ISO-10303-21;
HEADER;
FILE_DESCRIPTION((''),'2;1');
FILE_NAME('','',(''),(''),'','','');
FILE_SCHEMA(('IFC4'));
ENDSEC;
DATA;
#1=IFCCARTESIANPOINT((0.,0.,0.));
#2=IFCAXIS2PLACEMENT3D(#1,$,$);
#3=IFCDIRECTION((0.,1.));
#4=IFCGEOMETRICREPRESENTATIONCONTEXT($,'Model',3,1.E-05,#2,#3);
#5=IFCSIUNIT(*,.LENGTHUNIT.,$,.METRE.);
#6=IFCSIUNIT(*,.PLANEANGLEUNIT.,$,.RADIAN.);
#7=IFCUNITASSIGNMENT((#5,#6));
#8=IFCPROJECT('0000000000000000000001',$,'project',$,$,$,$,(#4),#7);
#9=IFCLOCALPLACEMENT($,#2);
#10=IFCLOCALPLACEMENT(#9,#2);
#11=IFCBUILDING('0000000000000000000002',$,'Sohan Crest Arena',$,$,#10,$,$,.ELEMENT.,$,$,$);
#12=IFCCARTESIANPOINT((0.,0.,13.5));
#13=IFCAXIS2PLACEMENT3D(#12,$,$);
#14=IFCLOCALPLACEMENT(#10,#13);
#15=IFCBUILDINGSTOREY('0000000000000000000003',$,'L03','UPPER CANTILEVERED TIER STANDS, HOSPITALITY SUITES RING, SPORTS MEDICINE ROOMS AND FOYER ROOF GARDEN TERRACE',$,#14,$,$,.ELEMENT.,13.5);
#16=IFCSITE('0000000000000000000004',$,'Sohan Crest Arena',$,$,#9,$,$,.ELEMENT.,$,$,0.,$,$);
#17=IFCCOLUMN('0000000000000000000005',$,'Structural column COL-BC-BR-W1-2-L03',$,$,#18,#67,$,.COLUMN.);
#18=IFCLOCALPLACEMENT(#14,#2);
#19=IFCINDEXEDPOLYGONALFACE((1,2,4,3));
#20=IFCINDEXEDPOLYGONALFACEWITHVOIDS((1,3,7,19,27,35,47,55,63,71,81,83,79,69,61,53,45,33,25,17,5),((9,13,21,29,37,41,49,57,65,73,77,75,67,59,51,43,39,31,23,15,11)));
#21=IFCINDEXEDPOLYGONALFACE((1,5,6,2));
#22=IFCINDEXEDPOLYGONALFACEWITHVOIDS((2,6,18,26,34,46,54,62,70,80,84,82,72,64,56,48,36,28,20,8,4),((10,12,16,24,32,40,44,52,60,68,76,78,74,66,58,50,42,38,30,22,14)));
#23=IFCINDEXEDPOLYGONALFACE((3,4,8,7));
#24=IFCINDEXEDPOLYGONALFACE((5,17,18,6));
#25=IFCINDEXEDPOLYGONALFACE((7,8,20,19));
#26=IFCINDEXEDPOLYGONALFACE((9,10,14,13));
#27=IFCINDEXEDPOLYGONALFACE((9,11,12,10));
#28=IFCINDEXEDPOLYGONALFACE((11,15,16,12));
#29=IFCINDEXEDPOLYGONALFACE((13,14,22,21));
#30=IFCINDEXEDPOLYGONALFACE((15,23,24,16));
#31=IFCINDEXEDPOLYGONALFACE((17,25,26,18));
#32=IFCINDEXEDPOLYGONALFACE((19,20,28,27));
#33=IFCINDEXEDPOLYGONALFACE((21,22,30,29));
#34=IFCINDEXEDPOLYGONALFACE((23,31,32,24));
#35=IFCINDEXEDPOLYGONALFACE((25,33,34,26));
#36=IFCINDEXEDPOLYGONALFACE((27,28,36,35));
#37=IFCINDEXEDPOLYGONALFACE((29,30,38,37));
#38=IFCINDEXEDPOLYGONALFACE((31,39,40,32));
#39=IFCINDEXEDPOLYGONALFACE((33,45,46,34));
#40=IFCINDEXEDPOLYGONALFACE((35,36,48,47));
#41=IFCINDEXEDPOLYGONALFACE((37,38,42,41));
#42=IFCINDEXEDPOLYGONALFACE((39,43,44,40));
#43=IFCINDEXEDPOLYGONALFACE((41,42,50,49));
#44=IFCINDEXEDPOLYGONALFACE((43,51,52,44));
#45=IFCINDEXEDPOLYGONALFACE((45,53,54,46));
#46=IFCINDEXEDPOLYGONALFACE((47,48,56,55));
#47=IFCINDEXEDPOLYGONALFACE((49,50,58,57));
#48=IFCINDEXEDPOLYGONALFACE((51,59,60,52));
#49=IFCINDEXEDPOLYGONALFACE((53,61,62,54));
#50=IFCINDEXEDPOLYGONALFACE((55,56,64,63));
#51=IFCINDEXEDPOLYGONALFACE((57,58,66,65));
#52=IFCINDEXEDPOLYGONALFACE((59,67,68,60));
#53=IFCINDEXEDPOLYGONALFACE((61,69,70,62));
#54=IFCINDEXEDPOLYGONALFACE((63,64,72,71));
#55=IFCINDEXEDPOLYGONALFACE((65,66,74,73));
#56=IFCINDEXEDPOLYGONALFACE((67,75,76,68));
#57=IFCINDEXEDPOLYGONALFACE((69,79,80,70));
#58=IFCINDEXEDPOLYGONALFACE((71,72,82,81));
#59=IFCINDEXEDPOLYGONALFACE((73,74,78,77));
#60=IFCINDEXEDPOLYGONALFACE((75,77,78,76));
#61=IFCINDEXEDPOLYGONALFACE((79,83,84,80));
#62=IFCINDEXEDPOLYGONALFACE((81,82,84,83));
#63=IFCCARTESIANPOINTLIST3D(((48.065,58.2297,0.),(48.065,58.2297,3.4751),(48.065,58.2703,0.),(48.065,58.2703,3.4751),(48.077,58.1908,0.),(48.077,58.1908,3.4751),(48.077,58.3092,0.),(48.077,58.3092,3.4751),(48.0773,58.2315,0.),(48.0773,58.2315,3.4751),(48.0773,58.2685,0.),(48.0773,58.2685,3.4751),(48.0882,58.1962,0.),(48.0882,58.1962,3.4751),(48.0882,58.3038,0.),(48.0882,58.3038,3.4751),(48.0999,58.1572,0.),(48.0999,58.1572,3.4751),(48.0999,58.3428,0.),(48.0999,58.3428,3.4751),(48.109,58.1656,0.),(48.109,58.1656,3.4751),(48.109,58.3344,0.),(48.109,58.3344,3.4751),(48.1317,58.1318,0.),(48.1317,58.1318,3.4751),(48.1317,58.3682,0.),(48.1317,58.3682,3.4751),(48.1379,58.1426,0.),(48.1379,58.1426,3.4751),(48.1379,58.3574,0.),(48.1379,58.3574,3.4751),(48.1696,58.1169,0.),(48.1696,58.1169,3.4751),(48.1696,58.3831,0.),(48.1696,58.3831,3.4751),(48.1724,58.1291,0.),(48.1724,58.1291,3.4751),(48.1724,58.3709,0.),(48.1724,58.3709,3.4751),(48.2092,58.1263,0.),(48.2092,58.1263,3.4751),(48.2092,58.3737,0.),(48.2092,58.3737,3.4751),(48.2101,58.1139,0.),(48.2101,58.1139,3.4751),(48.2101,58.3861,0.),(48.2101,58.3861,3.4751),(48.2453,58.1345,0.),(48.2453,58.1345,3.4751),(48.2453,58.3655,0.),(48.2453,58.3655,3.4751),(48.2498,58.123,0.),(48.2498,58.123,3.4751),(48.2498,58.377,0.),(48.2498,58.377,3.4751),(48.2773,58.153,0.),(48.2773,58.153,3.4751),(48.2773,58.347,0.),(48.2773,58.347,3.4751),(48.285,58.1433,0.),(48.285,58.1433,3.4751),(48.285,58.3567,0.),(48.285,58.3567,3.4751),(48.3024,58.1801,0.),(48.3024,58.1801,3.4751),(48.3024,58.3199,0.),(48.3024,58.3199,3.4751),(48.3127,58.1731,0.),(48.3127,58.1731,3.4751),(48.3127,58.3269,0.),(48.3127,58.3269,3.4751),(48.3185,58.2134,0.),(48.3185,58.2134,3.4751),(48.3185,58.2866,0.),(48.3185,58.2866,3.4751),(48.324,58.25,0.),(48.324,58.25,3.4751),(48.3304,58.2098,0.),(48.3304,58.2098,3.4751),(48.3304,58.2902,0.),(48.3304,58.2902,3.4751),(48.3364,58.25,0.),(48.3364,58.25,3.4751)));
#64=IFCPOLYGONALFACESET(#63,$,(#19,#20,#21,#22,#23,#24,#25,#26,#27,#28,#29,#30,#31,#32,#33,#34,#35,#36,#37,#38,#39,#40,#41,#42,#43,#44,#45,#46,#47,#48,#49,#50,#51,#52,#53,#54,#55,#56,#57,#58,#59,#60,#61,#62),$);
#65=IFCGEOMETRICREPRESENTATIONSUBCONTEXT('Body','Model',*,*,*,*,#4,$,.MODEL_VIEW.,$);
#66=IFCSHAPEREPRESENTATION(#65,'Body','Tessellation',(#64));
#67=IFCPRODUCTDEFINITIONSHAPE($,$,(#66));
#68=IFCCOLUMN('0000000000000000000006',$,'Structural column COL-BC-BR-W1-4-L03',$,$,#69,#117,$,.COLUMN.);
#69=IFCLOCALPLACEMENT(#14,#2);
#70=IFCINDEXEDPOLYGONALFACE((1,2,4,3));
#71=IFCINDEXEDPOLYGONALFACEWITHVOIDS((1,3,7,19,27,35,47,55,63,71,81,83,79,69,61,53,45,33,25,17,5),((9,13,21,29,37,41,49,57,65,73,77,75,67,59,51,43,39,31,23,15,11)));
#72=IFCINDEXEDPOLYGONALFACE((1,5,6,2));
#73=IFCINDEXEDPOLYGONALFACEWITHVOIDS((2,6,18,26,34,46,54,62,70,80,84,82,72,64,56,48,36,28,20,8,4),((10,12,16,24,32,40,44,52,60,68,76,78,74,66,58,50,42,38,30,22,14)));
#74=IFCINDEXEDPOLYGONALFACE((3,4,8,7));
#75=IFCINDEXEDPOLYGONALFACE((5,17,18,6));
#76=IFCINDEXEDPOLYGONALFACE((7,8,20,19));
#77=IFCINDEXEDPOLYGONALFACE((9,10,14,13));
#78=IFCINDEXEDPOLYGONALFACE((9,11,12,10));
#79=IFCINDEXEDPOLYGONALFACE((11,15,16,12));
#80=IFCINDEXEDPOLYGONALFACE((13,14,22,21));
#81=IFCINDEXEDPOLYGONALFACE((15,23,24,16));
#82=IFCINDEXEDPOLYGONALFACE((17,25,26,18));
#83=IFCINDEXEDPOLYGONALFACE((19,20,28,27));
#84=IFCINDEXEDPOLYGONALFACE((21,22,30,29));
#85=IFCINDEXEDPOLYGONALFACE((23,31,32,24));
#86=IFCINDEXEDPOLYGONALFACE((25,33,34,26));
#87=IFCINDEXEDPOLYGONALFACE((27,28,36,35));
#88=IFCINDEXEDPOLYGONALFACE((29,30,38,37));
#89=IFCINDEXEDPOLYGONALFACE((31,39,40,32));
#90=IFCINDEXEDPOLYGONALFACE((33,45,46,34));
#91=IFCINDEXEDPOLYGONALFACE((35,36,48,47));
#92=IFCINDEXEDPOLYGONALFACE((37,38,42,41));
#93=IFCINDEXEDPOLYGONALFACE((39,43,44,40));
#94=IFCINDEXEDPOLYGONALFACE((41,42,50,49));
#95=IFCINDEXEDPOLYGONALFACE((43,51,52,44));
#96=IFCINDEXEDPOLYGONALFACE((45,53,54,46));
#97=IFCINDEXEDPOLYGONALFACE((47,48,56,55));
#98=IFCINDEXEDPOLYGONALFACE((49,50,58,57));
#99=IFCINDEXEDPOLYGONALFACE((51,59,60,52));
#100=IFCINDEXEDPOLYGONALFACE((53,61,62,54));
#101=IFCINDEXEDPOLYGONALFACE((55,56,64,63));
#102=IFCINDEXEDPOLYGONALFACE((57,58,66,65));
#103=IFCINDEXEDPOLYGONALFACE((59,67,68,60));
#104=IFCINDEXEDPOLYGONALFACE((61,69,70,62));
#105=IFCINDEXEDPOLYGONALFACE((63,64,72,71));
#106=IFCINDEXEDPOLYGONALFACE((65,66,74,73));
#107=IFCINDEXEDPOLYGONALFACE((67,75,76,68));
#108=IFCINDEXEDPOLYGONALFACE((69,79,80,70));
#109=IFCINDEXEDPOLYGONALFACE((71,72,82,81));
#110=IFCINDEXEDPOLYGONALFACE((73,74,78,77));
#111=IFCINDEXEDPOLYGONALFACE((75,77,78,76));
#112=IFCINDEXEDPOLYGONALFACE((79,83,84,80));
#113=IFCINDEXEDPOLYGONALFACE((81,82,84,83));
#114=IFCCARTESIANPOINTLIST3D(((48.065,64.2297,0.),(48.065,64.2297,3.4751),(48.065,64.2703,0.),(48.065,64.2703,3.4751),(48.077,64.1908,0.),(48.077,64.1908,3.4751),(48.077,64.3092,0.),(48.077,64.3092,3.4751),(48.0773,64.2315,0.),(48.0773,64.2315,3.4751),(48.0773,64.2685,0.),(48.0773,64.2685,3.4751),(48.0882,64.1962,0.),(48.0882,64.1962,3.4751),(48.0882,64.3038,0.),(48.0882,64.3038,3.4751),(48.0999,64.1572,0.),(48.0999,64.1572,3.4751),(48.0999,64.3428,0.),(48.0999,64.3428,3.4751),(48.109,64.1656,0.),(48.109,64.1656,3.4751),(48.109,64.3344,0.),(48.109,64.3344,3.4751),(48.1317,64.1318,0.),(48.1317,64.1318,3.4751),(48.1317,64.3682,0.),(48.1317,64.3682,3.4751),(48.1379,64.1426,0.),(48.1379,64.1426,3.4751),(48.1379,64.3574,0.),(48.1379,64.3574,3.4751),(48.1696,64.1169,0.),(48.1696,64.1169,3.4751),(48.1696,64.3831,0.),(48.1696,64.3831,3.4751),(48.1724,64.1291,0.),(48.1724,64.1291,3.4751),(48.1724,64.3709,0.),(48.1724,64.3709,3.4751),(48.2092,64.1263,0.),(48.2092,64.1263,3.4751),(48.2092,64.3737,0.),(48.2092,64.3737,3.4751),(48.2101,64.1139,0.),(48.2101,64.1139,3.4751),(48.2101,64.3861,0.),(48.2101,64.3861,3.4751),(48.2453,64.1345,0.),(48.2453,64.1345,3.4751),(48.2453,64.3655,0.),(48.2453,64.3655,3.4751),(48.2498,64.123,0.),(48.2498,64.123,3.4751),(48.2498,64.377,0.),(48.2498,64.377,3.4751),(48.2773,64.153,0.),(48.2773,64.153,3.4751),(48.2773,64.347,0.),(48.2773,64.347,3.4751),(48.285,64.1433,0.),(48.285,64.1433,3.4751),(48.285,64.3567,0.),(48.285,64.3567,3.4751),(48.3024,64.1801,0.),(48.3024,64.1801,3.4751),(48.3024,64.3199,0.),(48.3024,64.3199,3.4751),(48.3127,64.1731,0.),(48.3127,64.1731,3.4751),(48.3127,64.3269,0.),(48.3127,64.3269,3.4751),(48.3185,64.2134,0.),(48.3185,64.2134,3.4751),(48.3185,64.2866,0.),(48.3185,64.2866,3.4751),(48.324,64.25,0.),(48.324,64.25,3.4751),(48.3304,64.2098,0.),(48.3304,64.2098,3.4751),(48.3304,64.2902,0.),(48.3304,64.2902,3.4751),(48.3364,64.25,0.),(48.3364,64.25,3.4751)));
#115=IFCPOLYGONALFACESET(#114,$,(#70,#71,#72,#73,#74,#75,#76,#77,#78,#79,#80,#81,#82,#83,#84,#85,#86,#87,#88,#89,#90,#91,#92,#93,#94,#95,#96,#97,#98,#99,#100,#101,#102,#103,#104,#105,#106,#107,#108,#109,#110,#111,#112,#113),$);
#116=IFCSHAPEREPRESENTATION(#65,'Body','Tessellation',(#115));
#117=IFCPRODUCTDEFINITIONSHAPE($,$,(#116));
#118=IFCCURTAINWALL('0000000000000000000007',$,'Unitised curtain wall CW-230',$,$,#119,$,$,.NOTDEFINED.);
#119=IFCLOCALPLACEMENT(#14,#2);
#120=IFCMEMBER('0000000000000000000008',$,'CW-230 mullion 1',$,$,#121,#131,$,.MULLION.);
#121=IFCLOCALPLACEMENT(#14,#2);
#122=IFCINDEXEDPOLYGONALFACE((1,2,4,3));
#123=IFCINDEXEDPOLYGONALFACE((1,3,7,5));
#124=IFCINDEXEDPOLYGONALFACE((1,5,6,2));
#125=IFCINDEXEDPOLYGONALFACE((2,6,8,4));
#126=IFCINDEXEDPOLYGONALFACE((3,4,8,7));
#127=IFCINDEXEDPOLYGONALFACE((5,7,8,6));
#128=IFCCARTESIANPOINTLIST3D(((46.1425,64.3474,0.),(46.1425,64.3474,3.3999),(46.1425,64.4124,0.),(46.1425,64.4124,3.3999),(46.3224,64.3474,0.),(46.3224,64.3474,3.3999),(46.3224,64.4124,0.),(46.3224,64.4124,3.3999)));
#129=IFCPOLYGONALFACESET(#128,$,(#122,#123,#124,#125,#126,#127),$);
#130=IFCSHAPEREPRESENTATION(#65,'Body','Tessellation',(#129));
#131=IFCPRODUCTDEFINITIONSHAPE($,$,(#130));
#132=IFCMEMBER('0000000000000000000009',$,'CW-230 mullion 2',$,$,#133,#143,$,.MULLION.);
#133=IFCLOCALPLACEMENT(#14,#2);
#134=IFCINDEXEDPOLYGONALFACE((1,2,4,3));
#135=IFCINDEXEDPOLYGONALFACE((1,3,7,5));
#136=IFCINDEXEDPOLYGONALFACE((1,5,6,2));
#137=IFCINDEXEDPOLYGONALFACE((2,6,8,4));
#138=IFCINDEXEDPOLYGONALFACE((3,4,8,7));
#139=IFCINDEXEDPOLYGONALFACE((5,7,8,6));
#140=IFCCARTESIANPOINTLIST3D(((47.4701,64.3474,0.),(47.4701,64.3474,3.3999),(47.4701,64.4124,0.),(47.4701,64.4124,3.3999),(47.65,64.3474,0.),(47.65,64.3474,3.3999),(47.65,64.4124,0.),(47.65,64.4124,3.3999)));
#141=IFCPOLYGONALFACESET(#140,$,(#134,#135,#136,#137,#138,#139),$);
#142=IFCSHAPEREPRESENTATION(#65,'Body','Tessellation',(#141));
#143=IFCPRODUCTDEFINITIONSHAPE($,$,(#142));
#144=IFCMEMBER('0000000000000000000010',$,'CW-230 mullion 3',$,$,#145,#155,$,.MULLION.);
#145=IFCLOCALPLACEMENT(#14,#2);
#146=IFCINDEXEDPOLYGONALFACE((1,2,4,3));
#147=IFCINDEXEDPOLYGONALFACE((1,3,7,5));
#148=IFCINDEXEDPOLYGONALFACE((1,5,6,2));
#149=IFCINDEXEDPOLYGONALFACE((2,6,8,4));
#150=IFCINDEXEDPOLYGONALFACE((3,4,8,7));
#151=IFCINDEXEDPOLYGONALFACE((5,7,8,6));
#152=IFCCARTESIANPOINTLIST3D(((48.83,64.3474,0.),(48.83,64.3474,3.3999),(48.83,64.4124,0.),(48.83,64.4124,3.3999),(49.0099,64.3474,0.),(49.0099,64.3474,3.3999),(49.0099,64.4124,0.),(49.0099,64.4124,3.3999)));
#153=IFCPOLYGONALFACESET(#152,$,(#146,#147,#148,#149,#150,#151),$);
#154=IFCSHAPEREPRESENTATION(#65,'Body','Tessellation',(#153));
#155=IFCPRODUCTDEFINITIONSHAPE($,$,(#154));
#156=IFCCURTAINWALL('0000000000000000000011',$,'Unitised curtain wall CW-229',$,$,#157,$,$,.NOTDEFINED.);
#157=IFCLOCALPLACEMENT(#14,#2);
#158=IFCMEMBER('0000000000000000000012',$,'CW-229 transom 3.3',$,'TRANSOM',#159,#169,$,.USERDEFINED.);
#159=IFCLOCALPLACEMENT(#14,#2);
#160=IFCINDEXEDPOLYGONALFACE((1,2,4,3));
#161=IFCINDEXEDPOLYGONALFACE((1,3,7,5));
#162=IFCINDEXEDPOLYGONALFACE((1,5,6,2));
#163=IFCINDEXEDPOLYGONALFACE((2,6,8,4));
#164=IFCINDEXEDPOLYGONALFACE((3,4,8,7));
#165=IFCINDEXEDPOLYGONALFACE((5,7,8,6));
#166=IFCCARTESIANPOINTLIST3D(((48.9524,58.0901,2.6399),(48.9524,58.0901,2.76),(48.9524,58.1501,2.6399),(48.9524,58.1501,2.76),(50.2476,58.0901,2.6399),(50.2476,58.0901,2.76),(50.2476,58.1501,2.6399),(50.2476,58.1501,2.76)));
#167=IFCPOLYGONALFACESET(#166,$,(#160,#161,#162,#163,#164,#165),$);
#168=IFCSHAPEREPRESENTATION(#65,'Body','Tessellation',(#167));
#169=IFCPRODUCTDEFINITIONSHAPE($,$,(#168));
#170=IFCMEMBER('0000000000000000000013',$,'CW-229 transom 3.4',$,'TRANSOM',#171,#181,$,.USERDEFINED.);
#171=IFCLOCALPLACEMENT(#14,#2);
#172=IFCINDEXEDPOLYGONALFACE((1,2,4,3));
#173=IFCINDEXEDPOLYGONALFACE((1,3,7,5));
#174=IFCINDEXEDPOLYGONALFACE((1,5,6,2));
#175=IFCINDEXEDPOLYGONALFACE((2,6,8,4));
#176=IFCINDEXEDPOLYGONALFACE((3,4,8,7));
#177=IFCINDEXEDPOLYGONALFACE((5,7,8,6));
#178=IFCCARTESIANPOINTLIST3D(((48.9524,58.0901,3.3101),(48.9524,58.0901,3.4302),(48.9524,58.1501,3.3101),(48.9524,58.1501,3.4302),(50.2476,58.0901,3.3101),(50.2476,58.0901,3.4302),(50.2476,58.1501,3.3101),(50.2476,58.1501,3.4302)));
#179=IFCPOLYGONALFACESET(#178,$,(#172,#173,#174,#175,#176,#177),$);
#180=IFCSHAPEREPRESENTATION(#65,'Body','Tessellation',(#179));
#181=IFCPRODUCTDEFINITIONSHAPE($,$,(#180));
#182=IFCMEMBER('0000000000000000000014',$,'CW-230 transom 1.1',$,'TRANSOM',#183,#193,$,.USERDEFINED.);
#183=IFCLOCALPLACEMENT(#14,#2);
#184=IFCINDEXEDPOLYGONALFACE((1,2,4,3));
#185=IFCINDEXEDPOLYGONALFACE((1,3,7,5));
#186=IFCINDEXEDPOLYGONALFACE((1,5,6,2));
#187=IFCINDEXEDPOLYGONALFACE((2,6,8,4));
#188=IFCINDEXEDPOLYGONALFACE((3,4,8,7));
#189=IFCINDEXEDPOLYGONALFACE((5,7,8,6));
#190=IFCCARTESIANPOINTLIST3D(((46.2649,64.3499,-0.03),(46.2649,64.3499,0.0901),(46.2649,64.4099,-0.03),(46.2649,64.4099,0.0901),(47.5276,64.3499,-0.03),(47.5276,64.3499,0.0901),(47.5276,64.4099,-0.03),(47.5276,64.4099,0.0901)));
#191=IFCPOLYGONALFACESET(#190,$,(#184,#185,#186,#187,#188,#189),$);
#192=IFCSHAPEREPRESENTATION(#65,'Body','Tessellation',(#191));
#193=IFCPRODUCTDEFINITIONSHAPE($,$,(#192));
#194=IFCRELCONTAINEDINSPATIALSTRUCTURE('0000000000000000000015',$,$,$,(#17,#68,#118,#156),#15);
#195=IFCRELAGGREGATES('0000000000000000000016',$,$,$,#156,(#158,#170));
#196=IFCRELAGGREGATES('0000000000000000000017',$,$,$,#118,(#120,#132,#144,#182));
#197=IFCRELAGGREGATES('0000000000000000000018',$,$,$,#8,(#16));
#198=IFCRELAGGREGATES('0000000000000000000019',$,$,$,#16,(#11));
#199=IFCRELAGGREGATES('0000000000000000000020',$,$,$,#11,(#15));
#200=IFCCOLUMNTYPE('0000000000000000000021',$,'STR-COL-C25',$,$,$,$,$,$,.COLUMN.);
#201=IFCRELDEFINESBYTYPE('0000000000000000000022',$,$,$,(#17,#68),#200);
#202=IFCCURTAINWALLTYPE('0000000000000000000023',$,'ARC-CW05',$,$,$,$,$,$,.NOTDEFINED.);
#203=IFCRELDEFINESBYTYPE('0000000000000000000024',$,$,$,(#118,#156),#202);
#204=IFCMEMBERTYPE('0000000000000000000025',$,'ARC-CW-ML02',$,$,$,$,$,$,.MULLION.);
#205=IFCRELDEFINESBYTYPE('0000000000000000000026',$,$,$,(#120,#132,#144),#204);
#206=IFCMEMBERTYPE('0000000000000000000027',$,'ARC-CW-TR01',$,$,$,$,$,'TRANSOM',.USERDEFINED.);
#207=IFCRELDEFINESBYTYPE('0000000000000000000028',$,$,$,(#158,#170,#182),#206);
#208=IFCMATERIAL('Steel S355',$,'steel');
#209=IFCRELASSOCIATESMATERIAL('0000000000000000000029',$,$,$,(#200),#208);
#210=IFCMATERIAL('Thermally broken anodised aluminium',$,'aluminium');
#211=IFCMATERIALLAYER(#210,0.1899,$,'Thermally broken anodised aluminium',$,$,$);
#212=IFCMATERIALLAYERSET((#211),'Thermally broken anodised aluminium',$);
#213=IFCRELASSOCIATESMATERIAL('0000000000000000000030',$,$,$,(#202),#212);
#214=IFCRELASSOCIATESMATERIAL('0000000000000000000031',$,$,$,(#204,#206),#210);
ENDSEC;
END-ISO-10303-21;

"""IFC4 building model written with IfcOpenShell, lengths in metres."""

from ifc_helpers import new_model, si_unit, direction, frame, origin, origin_2d, place, context, subcontext, project, spatial, rectangle, hollow_circle, extrude, material, layer, layer_set, material_profile, profile_set, type_object, element, aggregate, save


model = new_model("IFC4")

# Units and contexts
model_context = context("Model", 3, precision=1e-05, world=origin(), true_north=direction((0.0, 1.0)))
body_context = subcontext(model_context, "Body", "Model", "MODEL_VIEW")
ifc_project = project(units=[si_unit("LENGTHUNIT", "METRE"), si_unit("PLANEANGLEUNIT", "RADIAN")], contexts=[model_context])

# Site, building, storey
site_placement = place(None, origin())
site = spatial("IfcSite", under=ifc_project, at=site_placement, Name="Sohan Crest Arena", CompositionType="ELEMENT", RefElevation=0.0)
building_placement = place(site_placement, origin())
building = spatial("IfcBuilding", under=site, at=building_placement, Name="Sohan Crest Arena", CompositionType="ELEMENT")
storey_placement = place(building_placement, frame((0.0, 0.0, 13.5)))
storey = spatial("IfcBuildingStorey", under=building, at=storey_placement, Name="L03", Description="UPPER CANTILEVERED TIER STANDS, HOSPITALITY SUITES RING, SPORTS MEDICINE ROOMS AND FOYER ROOF GARDEN TERRACE", CompositionType="ELEMENT", Elevation=13.5)

# Columns
ifc_material_1 = material(Name="Steel S355", Category="steel")
ifc_material_profile_1 = material_profile(ifc_material_1, hollow_circle(Radius=0.1365, WallThickness=0.0125, at=origin_2d()), Name="CHS 273x12.5")
ifc_profile_set_1 = profile_set([ifc_material_profile_1], Name="Steel S355")
column_type = type_object("IfcColumnType", Name="STR-COL-C25", PredefinedType="COLUMN", material=ifc_profile_set_1)
for number, where, z_axis, x_axis, name in (
    (1, (48.2, 58.25, 0.0), (0.0, 0.0, 1.0), (1.0, 0.0, 0.0), "Structural column COL-BC-BR-W1-2-L03"),
    (2, (48.2, 64.25, 0.0), (0.0, 0.0, 1.0), (1.0, 0.0, 0.0), "Structural column COL-BC-BR-W1-4-L03"),
):
    element("IfcColumn", number, at=place(storey_placement, frame(where, z_axis=z_axis, x_axis=x_axis)), inside=storey, type_object=column_type, Name=name, PredefinedType="COLUMN", context=body_context, shape_type="SweptSolid", body=[
        extrude(hollow_circle(Radius=0.1365, WallThickness=0.0125, at=origin_2d()), origin(), (0.0, 0.0, 1.0), 3.4751),
    ])

# Curtain walls, members
ifc_material_2 = material(Name="Thermally broken anodised aluminium", Category="aluminium")
ifc_layer_1 = layer(ifc_material_2, 0.1899, Name="Thermally broken anodised aluminium")
ifc_layer_set_1 = layer_set([ifc_layer_1], Name="Thermally broken anodised aluminium")
curtain_wall_type = type_object("IfcCurtainWallType", Name="ARC-CW05", PredefinedType="NOTDEFINED", material=ifc_layer_set_1)
curtain_wall_1_placement = place(storey_placement, origin())
curtain_wall_1 = element("IfcCurtainWall", 3, at=curtain_wall_1_placement, inside=storey, type_object=curtain_wall_type, Name="Unitised curtain wall CW-230", PredefinedType="NOTDEFINED")
ifc_material_profile_2 = material_profile(ifc_material_2, rectangle(XDim=0.0649, YDim=0.1799, at=origin_2d()), Name="ALU-MULL 65x180")
ifc_profile_set_2 = profile_set([ifc_material_profile_2], Name="Thermally broken anodised aluminium")
member_type_1 = type_object("IfcMemberType", Name="ARC-CW-ML02", PredefinedType="MULLION", material=ifc_profile_set_2)
member_1_placement = place(storey_placement, frame((46.2324, 64.3799, 0.0), z_axis=(0.0, 0.0, 1.0), x_axis=(0.0, 1.0, 0.0)))
member_1 = element("IfcMember", 4, at=member_1_placement, type_object=member_type_1, Name="CW-230 mullion 1", PredefinedType="MULLION", context=body_context, shape_type="SweptSolid", body=[
    extrude(rectangle(XDim=0.0649, YDim=0.1799, at=origin_2d()), origin(), (0.0, 0.0, 1.0), 3.3999),
])
member_2_placement = place(storey_placement, frame((47.5601, 64.3799, 0.0), z_axis=(0.0, 0.0, 1.0), x_axis=(0.0, 1.0, 0.0)))
member_2 = element("IfcMember", 5, at=member_2_placement, type_object=member_type_1, Name="CW-230 mullion 2", PredefinedType="MULLION", context=body_context, shape_type="SweptSolid", body=[
    extrude(rectangle(XDim=0.0649, YDim=0.1799, at=origin_2d()), origin(), (0.0, 0.0, 1.0), 3.3999),
])
member_3_placement = place(storey_placement, frame((48.9199, 64.3799, 0.0), z_axis=(0.0, 0.0, 1.0), x_axis=(0.0, 1.0, 0.0)))
member_3 = element("IfcMember", 6, at=member_3_placement, type_object=member_type_1, Name="CW-230 mullion 3", PredefinedType="MULLION", context=body_context, shape_type="SweptSolid", body=[
    extrude(rectangle(XDim=0.0649, YDim=0.1799, at=origin_2d()), origin(), (0.0, 0.0, 1.0), 3.3999),
])
curtain_wall_2_placement = place(storey_placement, origin())
curtain_wall_2 = element("IfcCurtainWall", 7, at=curtain_wall_2_placement, inside=storey, type_object=curtain_wall_type, Name="Unitised curtain wall CW-229", PredefinedType="NOTDEFINED")
ifc_material_profile_3 = material_profile(ifc_material_2, rectangle(XDim=0.0601, YDim=0.1201, at=origin_2d()), Name="ALU-TRAN 60x120")
ifc_profile_set_3 = profile_set([ifc_material_profile_3], Name="Thermally broken anodised aluminium")
member_type_2 = type_object("IfcMemberType", Name="ARC-CW-TR01", ElementType="TRANSOM", PredefinedType="USERDEFINED", material=ifc_profile_set_3)
member_4_placement = place(storey_placement, frame((48.9524, 58.1201, 2.7), z_axis=(1.0, 0.0, 0.0), x_axis=(0.0, 1.0, 0.0)))
member_4 = element("IfcMember", 8, at=member_4_placement, type_object=member_type_2, Name="CW-229 transom 3.3", ObjectType="TRANSOM", PredefinedType="USERDEFINED", context=body_context, shape_type="SweptSolid", body=[
    extrude(rectangle(XDim=0.0601, YDim=0.1201, at=origin_2d()), origin(), (0.0, 0.0, 1.0), 1.2952),
])
member_5_placement = place(storey_placement, frame((48.9524, 58.1201, 3.3701), z_axis=(1.0, 0.0, 0.0), x_axis=(0.0, 1.0, 0.0)))
member_5 = element("IfcMember", 9, at=member_5_placement, type_object=member_type_2, Name="CW-229 transom 3.4", ObjectType="TRANSOM", PredefinedType="USERDEFINED", context=body_context, shape_type="SweptSolid", body=[
    extrude(rectangle(XDim=0.0601, YDim=0.1201, at=origin_2d()), origin(), (0.0, 0.0, 1.0), 1.2952),
])

# Member
member_6_placement = place(storey_placement, frame((46.2649, 64.3799, 0.03), z_axis=(1.0, 0.0, 0.0), x_axis=(0.0, 1.0, 0.0)))
member_6 = element("IfcMember", 10, at=member_6_placement, type_object=member_type_2, Name="CW-230 transom 1.1", ObjectType="TRANSOM", PredefinedType="USERDEFINED", context=body_context, shape_type="SweptSolid", body=[
    extrude(rectangle(XDim=0.0601, YDim=0.1201, at=origin_2d()), origin(), (0.0, 0.0, 1.0), 1.2627),
])

aggregate(curtain_wall_2, [member_4, member_5])
aggregate(curtain_wall_1, [member_1, member_2, member_3, member_6])

save(model, "model.ifc")
